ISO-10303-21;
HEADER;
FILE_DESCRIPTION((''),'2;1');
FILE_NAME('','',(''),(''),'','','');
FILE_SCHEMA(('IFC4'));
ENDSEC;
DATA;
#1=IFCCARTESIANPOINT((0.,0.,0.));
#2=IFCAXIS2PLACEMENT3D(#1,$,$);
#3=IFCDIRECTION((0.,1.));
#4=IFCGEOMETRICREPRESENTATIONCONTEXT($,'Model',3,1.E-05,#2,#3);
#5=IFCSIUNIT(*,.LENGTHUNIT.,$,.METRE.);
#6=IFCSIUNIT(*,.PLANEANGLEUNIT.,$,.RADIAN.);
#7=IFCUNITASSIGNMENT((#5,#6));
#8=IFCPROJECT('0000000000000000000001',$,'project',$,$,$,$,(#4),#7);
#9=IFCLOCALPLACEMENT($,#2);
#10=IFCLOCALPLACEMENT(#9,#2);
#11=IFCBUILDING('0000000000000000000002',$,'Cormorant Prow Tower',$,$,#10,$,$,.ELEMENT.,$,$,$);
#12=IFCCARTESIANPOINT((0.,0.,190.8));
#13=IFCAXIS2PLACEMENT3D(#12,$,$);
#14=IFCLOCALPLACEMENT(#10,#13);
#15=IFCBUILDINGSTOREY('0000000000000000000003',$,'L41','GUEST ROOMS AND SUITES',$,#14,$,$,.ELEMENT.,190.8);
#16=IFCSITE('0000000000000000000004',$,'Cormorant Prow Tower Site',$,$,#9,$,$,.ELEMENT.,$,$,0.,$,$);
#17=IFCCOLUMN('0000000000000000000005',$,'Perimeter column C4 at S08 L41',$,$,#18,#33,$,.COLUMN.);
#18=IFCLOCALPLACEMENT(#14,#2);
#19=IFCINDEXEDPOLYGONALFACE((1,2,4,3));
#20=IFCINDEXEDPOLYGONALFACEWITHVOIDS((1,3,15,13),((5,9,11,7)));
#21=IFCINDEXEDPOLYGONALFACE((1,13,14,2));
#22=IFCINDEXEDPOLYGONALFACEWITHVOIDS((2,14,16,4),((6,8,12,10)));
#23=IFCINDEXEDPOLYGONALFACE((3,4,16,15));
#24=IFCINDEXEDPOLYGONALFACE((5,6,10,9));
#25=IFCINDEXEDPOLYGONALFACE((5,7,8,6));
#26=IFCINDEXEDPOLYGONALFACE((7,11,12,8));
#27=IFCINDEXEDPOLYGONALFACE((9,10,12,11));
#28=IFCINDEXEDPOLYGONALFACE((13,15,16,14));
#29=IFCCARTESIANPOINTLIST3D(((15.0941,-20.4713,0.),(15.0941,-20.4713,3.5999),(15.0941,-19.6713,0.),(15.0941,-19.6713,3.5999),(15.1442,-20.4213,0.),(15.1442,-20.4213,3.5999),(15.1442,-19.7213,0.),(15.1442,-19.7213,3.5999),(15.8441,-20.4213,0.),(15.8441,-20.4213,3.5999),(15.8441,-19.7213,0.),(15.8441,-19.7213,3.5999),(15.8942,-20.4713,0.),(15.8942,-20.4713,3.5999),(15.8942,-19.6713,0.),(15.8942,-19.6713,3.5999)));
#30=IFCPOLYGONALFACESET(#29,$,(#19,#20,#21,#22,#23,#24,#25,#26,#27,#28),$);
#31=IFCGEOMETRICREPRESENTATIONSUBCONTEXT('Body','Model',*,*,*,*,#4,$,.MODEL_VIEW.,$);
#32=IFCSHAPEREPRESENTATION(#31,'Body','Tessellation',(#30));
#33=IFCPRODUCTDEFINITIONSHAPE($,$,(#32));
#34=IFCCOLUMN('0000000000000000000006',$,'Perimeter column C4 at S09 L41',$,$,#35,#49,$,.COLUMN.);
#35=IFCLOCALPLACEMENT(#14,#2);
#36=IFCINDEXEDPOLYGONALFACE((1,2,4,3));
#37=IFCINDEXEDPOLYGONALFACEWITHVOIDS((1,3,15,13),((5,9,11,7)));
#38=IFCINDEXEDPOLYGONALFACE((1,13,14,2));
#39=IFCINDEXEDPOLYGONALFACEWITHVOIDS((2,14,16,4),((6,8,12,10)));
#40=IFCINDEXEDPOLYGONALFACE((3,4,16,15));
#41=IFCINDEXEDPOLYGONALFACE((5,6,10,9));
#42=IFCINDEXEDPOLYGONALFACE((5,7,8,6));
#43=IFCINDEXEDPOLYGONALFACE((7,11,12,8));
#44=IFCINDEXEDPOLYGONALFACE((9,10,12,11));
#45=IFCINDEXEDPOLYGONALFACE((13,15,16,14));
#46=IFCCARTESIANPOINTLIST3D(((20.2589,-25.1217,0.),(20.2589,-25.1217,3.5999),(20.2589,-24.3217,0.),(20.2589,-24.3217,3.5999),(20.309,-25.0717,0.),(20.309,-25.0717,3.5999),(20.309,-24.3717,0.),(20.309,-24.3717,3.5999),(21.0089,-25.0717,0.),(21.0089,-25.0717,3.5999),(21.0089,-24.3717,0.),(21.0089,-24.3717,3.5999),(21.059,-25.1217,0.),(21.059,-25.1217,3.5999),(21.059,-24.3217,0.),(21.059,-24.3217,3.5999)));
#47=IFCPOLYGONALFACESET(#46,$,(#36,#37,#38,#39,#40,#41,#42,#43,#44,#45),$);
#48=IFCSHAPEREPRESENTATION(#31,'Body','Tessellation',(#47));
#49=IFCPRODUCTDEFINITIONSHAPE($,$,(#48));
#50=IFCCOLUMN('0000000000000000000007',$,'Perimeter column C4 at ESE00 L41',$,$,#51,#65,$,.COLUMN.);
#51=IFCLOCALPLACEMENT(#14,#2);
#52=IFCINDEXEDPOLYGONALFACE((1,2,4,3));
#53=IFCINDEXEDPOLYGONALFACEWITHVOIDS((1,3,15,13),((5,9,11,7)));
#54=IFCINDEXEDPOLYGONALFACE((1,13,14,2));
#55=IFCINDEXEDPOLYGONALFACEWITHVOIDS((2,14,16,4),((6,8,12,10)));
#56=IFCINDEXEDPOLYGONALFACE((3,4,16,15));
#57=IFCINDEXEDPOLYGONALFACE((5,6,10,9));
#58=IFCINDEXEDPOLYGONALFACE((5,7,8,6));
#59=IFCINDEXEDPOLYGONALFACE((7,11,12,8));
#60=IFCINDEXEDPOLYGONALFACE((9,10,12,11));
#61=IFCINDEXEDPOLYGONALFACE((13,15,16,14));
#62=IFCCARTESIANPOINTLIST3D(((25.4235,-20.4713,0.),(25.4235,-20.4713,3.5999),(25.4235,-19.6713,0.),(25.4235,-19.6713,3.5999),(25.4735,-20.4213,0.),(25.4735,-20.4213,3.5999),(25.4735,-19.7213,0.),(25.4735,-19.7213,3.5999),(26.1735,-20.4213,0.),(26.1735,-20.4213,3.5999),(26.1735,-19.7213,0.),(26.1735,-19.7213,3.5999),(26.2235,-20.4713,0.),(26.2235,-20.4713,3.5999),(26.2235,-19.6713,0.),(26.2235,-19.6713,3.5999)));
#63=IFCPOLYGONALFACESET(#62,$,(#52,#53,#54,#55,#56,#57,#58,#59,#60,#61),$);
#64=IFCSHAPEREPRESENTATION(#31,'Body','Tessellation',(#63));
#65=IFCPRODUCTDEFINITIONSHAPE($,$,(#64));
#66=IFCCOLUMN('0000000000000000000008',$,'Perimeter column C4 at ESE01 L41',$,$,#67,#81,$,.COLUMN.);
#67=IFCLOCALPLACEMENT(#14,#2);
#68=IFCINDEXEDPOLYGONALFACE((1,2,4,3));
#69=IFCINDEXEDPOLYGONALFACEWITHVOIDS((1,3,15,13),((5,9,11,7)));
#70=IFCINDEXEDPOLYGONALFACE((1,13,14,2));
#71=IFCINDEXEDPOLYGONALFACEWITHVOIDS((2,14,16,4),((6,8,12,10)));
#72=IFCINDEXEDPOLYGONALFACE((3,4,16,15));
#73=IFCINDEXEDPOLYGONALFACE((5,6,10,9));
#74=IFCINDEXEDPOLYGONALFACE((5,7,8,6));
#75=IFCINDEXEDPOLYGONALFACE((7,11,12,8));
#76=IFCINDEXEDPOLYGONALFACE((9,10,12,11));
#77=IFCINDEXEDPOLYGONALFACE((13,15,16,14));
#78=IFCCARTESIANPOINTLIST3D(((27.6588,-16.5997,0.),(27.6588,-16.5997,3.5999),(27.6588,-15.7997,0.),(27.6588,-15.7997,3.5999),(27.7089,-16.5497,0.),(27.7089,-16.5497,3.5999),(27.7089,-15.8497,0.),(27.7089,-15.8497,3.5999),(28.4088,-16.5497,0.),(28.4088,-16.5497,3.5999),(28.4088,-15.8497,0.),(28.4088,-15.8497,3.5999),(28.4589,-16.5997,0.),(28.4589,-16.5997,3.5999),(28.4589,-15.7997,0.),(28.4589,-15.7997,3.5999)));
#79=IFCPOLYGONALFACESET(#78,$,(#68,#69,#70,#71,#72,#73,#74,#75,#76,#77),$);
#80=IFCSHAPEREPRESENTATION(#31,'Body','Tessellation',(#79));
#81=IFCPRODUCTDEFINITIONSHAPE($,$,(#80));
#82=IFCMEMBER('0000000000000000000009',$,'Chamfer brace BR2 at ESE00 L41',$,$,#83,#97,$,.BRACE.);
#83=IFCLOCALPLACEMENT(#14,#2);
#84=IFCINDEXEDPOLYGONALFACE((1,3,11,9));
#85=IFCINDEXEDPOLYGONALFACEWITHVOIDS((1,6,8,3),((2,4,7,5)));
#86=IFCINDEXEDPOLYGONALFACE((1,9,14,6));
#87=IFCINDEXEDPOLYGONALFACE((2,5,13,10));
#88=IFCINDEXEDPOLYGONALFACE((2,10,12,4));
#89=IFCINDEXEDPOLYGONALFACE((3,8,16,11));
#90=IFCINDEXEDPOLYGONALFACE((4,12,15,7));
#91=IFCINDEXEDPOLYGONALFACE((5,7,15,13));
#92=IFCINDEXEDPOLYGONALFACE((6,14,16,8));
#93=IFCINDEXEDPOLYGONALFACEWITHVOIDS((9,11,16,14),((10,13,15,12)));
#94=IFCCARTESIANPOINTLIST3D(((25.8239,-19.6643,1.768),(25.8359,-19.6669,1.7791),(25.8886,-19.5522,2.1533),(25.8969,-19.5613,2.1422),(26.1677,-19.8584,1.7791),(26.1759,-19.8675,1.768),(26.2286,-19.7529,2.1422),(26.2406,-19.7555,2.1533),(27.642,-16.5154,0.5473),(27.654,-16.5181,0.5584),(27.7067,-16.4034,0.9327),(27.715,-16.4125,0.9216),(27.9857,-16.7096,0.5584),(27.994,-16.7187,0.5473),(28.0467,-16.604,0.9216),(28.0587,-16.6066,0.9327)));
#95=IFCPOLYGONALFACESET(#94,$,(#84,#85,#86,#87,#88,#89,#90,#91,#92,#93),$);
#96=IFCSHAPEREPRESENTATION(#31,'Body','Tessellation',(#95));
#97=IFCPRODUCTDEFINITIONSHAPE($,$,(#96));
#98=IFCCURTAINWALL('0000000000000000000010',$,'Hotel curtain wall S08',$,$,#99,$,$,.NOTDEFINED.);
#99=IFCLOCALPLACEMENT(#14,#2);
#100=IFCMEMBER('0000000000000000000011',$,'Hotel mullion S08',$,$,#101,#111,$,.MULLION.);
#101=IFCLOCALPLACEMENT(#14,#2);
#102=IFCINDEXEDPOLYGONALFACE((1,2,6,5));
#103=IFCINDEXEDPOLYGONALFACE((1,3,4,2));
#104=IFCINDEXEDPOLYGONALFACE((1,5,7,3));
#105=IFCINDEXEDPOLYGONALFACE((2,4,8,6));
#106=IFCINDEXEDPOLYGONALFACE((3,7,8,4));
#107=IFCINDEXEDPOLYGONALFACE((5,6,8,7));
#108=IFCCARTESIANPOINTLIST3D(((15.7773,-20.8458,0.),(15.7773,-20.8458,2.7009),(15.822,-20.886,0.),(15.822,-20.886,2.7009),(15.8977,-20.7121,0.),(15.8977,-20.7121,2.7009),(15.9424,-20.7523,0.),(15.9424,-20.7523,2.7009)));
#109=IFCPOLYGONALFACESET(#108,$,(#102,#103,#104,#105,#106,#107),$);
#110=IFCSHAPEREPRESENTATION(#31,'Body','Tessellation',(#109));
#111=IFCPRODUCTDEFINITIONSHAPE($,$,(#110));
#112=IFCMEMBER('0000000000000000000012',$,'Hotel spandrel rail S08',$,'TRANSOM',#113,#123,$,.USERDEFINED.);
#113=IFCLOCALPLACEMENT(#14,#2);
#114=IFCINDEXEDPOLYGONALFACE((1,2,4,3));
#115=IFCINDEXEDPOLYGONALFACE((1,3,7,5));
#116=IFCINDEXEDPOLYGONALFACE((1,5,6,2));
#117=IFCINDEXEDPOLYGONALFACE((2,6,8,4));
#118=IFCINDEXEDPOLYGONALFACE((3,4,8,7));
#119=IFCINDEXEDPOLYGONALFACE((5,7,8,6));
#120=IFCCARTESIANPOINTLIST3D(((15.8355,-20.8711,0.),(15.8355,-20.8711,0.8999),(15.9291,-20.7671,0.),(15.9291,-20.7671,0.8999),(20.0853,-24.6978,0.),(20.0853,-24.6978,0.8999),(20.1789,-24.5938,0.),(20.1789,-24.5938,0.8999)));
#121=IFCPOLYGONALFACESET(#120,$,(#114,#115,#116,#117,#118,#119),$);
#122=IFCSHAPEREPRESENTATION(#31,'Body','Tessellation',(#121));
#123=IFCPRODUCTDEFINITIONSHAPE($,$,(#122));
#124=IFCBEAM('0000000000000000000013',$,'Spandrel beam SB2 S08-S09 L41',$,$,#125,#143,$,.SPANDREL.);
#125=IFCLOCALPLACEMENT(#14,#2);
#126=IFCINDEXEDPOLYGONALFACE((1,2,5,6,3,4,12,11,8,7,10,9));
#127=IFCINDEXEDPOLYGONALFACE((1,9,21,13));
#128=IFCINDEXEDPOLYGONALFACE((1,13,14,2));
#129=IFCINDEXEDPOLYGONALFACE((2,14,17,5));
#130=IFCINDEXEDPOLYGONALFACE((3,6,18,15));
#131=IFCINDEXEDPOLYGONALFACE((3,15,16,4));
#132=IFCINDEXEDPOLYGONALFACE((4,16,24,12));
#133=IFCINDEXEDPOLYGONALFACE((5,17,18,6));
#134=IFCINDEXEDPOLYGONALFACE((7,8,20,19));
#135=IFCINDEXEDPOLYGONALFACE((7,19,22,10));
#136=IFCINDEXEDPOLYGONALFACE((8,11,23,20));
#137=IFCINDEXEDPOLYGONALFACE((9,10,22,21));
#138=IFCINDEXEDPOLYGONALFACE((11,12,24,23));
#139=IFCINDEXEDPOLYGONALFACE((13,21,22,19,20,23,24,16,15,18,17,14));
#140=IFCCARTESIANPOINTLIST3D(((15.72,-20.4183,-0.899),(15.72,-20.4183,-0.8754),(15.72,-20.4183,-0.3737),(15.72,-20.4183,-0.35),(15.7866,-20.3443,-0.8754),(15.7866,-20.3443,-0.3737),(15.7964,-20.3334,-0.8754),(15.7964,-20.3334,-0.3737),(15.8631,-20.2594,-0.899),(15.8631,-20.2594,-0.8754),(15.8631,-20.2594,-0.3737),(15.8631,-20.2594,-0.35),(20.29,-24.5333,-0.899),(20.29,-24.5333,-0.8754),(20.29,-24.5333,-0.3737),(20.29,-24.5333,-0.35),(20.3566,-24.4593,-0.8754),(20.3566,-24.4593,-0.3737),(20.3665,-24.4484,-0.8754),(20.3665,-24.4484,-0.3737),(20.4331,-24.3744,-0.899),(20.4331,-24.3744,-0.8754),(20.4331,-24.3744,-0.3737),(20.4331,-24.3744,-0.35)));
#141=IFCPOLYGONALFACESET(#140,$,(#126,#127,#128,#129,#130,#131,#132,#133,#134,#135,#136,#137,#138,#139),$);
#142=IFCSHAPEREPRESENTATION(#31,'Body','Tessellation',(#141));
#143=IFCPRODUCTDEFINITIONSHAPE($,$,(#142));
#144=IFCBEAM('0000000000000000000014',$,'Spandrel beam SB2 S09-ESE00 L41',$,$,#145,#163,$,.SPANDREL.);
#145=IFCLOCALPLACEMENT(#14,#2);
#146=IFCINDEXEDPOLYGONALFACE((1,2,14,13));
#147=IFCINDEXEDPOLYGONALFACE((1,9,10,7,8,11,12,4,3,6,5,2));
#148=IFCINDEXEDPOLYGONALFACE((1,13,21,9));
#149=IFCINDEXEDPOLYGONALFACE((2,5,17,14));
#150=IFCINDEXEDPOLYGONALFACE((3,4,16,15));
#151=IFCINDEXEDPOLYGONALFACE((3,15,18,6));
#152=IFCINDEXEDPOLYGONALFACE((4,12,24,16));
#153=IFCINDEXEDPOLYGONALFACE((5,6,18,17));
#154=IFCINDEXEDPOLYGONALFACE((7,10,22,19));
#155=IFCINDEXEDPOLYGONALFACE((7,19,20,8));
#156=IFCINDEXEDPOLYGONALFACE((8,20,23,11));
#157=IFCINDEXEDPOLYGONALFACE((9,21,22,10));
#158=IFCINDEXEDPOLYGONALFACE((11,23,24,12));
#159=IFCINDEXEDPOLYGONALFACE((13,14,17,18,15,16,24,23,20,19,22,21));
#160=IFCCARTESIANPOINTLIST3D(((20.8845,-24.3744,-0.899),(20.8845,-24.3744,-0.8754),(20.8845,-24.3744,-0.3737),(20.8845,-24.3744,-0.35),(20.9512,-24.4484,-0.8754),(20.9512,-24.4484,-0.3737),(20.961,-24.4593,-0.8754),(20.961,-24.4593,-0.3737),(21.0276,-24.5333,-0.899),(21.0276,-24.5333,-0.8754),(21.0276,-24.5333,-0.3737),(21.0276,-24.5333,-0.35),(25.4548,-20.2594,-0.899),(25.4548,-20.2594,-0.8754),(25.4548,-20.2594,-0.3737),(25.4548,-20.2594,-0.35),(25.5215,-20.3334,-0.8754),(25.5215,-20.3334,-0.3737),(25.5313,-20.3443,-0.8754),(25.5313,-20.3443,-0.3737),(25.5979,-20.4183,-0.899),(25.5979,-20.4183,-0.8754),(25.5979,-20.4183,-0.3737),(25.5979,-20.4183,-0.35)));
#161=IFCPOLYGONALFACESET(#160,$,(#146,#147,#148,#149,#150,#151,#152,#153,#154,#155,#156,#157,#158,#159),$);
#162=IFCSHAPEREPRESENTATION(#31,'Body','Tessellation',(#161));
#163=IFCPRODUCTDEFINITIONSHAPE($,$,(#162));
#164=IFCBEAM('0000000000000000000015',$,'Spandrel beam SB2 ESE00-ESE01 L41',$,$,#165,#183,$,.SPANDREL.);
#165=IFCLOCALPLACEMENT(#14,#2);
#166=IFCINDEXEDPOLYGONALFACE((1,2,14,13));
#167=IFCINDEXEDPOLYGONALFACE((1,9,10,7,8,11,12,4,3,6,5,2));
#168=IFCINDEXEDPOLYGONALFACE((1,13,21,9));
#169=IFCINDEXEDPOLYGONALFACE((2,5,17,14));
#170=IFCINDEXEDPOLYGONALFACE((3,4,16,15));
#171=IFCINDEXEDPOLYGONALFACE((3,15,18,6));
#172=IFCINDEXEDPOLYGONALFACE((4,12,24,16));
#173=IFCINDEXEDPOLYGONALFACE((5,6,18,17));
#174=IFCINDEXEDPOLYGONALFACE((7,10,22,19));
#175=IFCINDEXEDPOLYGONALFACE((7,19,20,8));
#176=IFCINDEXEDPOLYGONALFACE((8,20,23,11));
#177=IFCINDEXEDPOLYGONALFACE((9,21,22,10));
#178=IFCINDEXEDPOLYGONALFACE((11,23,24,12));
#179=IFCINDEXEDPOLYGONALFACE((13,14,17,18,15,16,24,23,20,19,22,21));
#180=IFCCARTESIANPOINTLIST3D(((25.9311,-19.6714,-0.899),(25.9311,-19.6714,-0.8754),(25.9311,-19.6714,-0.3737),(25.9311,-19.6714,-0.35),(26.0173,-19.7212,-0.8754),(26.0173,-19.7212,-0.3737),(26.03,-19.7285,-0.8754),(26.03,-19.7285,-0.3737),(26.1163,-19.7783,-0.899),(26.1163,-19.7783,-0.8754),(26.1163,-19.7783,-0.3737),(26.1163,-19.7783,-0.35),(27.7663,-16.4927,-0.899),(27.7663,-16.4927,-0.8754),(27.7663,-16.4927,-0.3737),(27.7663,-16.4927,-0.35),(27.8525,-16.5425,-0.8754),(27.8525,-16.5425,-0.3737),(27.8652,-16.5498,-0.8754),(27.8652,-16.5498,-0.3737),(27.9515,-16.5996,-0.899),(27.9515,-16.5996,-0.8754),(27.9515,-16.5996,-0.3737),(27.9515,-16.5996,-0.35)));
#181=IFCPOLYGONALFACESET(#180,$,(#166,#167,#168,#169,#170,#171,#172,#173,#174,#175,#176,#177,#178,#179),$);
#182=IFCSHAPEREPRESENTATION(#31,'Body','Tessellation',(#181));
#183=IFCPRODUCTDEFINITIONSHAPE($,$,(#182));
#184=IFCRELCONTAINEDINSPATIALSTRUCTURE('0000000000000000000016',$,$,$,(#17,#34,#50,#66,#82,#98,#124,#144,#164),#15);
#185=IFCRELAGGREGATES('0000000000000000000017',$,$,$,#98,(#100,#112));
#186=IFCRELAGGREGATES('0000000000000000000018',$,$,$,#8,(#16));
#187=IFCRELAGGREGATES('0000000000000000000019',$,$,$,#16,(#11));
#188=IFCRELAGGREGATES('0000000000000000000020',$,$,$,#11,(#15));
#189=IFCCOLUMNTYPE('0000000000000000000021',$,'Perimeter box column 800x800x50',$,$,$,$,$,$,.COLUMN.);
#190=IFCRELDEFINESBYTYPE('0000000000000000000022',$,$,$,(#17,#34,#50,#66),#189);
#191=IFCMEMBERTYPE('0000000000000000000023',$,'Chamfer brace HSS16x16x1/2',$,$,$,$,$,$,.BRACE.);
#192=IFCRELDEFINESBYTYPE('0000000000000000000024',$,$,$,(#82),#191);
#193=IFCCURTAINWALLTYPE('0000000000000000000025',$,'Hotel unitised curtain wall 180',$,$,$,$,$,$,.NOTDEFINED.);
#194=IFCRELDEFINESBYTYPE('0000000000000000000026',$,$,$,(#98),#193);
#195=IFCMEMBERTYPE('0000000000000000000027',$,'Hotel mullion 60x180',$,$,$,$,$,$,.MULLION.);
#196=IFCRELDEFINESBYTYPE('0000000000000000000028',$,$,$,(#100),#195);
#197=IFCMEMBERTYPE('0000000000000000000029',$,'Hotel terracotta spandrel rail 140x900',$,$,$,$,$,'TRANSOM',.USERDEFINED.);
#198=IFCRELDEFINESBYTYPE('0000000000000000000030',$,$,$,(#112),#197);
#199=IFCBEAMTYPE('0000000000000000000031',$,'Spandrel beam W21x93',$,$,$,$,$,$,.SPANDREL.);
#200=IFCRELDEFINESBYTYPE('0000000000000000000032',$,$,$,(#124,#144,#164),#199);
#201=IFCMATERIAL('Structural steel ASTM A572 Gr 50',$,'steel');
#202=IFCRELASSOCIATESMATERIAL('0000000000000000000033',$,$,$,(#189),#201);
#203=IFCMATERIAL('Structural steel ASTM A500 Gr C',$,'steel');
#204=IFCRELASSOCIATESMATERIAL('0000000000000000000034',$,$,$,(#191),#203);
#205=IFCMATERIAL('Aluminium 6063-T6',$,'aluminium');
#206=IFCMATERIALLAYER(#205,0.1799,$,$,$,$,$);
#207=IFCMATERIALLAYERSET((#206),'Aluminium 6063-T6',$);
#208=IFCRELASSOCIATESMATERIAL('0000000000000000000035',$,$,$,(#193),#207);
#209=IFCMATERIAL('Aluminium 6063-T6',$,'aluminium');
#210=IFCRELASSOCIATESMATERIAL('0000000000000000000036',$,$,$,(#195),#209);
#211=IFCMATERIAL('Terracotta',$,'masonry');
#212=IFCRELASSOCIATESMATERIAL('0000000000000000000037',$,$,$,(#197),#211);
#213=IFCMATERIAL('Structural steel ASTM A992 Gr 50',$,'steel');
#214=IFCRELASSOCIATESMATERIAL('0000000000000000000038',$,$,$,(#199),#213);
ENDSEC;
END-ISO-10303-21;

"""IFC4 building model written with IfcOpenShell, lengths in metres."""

from ifc_helpers import new_model, si_unit, direction, frame, origin, origin_2d, place, context, subcontext, project, spatial, rectangle, hollow_rectangle, i_section, extrude, material, layer, layer_set, material_profile, profile_set, type_object, element, aggregate, save


model = new_model("IFC4")

# Units and contexts
model_context = context("Model", 3, precision=1e-05, world=origin(), true_north=direction((0.0, 1.0)))
body_context = subcontext(model_context, "Body", "Model", "MODEL_VIEW")
ifc_project = project(units=[si_unit("LENGTHUNIT", "METRE"), si_unit("PLANEANGLEUNIT", "RADIAN")], contexts=[model_context])

# Site, building, storey
site_placement = place(None, origin())
site = spatial("IfcSite", under=ifc_project, at=site_placement, Name="Cormorant Prow Tower Site", CompositionType="ELEMENT", RefElevation=0.0)
building_placement = place(site_placement, origin())
building = spatial("IfcBuilding", under=site, at=building_placement, Name="Cormorant Prow Tower", CompositionType="ELEMENT")
storey_placement = place(building_placement, frame((0.0, 0.0, 190.8)))
storey = spatial("IfcBuildingStorey", under=building, at=storey_placement, Name="L41", Description="GUEST ROOMS AND SUITES", CompositionType="ELEMENT", Elevation=190.8)

# Columns
ifc_material_1 = material(Name="Structural steel ASTM A572 Gr 50", Category="steel")
ifc_material_profile_1 = material_profile(ifc_material_1, hollow_rectangle(XDim=0.8, YDim=0.8, WallThickness=0.05, at=origin_2d()), Name="Box 800x800x50")
ifc_profile_set_1 = profile_set([ifc_material_profile_1], Name="Structural steel ASTM A572 Gr 50")
column_type = type_object("IfcColumnType", Name="Perimeter box column 800x800x50", PredefinedType="COLUMN", material=ifc_profile_set_1)
for number, where, z_axis, x_axis, name in (
    (1, (15.4941, -20.0713, 0.0), (0.0, 0.0, 1.0), (1.0, 0.0, 0.0), "Perimeter column C4 at S08 L41"),
    (2, (20.6589, -24.7217, 0.0), (0.0, 0.0, 1.0), (1.0, 0.0, 0.0), "Perimeter column C4 at S09 L41"),
    (3, (25.8235, -20.0713, 0.0), (0.0, 0.0, 1.0), (1.0, 0.0, 0.0), "Perimeter column C4 at ESE00 L41"),
    (4, (28.0588, -16.1997, 0.0), (0.0, 0.0, 1.0), (1.0, 0.0, 0.0), "Perimeter column C4 at ESE01 L41"),
):
    element("IfcColumn", number, at=place(storey_placement, frame(where, z_axis=z_axis, x_axis=x_axis)), inside=storey, type_object=column_type, Name=name, PredefinedType="COLUMN", context=body_context, shape_type="SweptSolid", body=[
        extrude(hollow_rectangle(XDim=0.8, YDim=0.8, WallThickness=0.05, at=origin_2d()), origin(), (0.0, 0.0, 1.0), 3.5999),
    ])

# Member
ifc_material_2 = material(Name="Structural steel ASTM A500 Gr C", Category="steel")
ifc_material_profile_2 = material_profile(ifc_material_2, hollow_rectangle(XDim=0.4065, YDim=0.4065, WallThickness=0.0117, at=origin_2d()), Name="HSS16x16x1/2")
ifc_profile_set_2 = profile_set([ifc_material_profile_2], Name="Structural steel ASTM A500 Gr C")
member_type_1 = type_object("IfcMemberType", Name="Chamfer brace HSS16x16x1/2", PredefinedType="BRACE", material=ifc_profile_set_2)
member_1_placement = place(storey_placement, frame((27.8503, -16.561, 0.74), z_axis=(-0.474018, -0.820986, 0.318261), x_axis=(0.866016, -0.500017, 0.0)))
element("IfcMember", 5, at=member_1_placement, inside=storey, type_object=member_type_1, Name="Chamfer brace BR2 at ESE00 L41", PredefinedType="BRACE", context=body_context, shape_type="SweptSolid", body=[
    extrude(hollow_rectangle(XDim=0.4065, YDim=0.4065, WallThickness=0.0117, at=origin_2d()), origin(), (0.0, 0.0, 1.0), 3.8354),
])

# Curtain wall, members
ifc_material_3 = material(Name="Aluminium 6063-T6", Category="aluminium")
ifc_layer_1 = layer(ifc_material_3, 0.1799)
ifc_layer_set_1 = layer_set([ifc_layer_1], Name="Aluminium 6063-T6")
curtain_wall_type = type_object("IfcCurtainWallType", Name="Hotel unitised curtain wall 180", PredefinedType="NOTDEFINED", material=ifc_layer_set_1)
curtain_wall_placement = place(storey_placement, origin())
curtain_wall = element("IfcCurtainWall", 6, at=curtain_wall_placement, inside=storey, type_object=curtain_wall_type, Name="Hotel curtain wall S08", PredefinedType="NOTDEFINED")
ifc_material_4 = material(Name="Aluminium 6063-T6", Category="aluminium")
ifc_material_profile_3 = material_profile(ifc_material_4, rectangle(XDim=0.1799, YDim=0.0601, at=origin_2d()), Name="Hotel mullion 60x180")
ifc_profile_set_3 = profile_set([ifc_material_profile_3], Name="Aluminium 6063-T6")
member_type_2 = type_object("IfcMemberType", Name="Hotel mullion 60x180", PredefinedType="MULLION", material=ifc_profile_set_3)
member_2_placement = place(storey_placement, frame((15.8599, -20.7991, 0.0), z_axis=(0.0, 0.0, 1.0), x_axis=(0.669131, 0.743145, 0.0)))
member_2 = element("IfcMember", 7, at=member_2_placement, type_object=member_type_2, Name="Hotel mullion S08", PredefinedType="MULLION", context=body_context, shape_type="SweptSolid", body=[
    extrude(rectangle(XDim=0.1799, YDim=0.0601, at=origin_2d()), origin(), (0.0, 0.0, 1.0), 2.7009),
])
ifc_material_5 = material(Name="Terracotta", Category="masonry")
ifc_material_profile_4 = material_profile(ifc_material_5, rectangle(XDim=0.1399, YDim=0.8999, at=origin_2d()), Name="Hotel terracotta spandrel rail 140x900")
ifc_profile_set_4 = profile_set([ifc_material_profile_4], Name="Terracotta")
member_type_3 = type_object("IfcMemberType", Name="Hotel terracotta spandrel rail 140x900", ElementType="TRANSOM", PredefinedType="USERDEFINED", material=ifc_profile_set_4)
member_3_placement = place(storey_placement, frame((15.8823, -20.8191, 0.45), z_axis=(0.743131, -0.669146, 0.0), x_axis=(0.669146, 0.743131, 0.0)))
member_3 = element("IfcMember", 8, at=member_3_placement, type_object=member_type_3, Name="Hotel spandrel rail S08", ObjectType="TRANSOM", PredefinedType="USERDEFINED", context=body_context, shape_type="SweptSolid", body=[
    extrude(rectangle(XDim=0.1399, YDim=0.8999, at=origin_2d()), origin(), (0.0, 0.0, 1.0), 5.7188),
])

# Beams
ifc_material_6 = material(Name="Structural steel ASTM A992 Gr 50", Category="steel")
ifc_material_profile_5 = material_profile(ifc_material_6, i_section(OverallWidth=0.2139, OverallDepth=0.5491, WebThickness=0.0146, FlangeThickness=0.0237, at=origin_2d()), Name="W21x93")
ifc_profile_set_5 = profile_set([ifc_material_profile_5], Name="Structural steel ASTM A992 Gr 50")
beam_type = type_object("IfcBeamType", Name="Spandrel beam W21x93", PredefinedType="SPANDREL", material=ifc_profile_set_5)
beam_1_placement = place(storey_placement, frame((15.7915, -20.3389, -0.6245), z_axis=(0.743138, -0.669138, 0.0), x_axis=(0.669138, 0.743138, 0.0)))
element("IfcBeam", 9, at=beam_1_placement, inside=storey, type_object=beam_type, Name="Spandrel beam SB2 S08-S09 L41", PredefinedType="SPANDREL", context=body_context, shape_type="SweptSolid", body=[
    extrude(i_section(OverallWidth=0.2139, OverallDepth=0.5491, WebThickness=0.0146, FlangeThickness=0.0237, at=origin_2d()), origin(), (0.0, 0.0, 1.0), 6.1497),
])
beam_2_placement = place(storey_placement, frame((20.9561, -24.4539, -0.6245), z_axis=(0.743156, 0.669118, 0.0), x_axis=(-0.669118, 0.743156, 0.0)))
element("IfcBeam", 10, at=beam_2_placement, inside=storey, type_object=beam_type, Name="Spandrel beam SB2 S09-ESE00 L41", PredefinedType="SPANDREL", context=body_context, shape_type="SweptSolid", body=[
    extrude(i_section(OverallWidth=0.2139, OverallDepth=0.5491, WebThickness=0.0146, FlangeThickness=0.0237, at=origin_2d()), origin(), (0.0, 0.0, 1.0), 6.1499),
])
for number, where, z_axis, x_axis, name in (
    (11, (26.0237, -19.7249, -0.6245), (0.499995, 0.866028, 0.0), (-0.866028, 0.499995, 0.0), "Spandrel beam SB2 ESE00-ESE01 L41"),
):
    element("IfcBeam", number, at=place(storey_placement, frame(where, z_axis=z_axis, x_axis=x_axis)), inside=storey, type_object=beam_type, Name=name, PredefinedType="SPANDREL", context=body_context, shape_type="SweptSolid", body=[
        extrude(i_section(OverallWidth=0.2139, OverallDepth=0.5491, WebThickness=0.0146, FlangeThickness=0.0237, at=origin_2d()), origin(), (0.0, 0.0, 1.0), 3.6704),
    ])

aggregate(curtain_wall, [member_2, member_3])

save(model, "model.ifc")
